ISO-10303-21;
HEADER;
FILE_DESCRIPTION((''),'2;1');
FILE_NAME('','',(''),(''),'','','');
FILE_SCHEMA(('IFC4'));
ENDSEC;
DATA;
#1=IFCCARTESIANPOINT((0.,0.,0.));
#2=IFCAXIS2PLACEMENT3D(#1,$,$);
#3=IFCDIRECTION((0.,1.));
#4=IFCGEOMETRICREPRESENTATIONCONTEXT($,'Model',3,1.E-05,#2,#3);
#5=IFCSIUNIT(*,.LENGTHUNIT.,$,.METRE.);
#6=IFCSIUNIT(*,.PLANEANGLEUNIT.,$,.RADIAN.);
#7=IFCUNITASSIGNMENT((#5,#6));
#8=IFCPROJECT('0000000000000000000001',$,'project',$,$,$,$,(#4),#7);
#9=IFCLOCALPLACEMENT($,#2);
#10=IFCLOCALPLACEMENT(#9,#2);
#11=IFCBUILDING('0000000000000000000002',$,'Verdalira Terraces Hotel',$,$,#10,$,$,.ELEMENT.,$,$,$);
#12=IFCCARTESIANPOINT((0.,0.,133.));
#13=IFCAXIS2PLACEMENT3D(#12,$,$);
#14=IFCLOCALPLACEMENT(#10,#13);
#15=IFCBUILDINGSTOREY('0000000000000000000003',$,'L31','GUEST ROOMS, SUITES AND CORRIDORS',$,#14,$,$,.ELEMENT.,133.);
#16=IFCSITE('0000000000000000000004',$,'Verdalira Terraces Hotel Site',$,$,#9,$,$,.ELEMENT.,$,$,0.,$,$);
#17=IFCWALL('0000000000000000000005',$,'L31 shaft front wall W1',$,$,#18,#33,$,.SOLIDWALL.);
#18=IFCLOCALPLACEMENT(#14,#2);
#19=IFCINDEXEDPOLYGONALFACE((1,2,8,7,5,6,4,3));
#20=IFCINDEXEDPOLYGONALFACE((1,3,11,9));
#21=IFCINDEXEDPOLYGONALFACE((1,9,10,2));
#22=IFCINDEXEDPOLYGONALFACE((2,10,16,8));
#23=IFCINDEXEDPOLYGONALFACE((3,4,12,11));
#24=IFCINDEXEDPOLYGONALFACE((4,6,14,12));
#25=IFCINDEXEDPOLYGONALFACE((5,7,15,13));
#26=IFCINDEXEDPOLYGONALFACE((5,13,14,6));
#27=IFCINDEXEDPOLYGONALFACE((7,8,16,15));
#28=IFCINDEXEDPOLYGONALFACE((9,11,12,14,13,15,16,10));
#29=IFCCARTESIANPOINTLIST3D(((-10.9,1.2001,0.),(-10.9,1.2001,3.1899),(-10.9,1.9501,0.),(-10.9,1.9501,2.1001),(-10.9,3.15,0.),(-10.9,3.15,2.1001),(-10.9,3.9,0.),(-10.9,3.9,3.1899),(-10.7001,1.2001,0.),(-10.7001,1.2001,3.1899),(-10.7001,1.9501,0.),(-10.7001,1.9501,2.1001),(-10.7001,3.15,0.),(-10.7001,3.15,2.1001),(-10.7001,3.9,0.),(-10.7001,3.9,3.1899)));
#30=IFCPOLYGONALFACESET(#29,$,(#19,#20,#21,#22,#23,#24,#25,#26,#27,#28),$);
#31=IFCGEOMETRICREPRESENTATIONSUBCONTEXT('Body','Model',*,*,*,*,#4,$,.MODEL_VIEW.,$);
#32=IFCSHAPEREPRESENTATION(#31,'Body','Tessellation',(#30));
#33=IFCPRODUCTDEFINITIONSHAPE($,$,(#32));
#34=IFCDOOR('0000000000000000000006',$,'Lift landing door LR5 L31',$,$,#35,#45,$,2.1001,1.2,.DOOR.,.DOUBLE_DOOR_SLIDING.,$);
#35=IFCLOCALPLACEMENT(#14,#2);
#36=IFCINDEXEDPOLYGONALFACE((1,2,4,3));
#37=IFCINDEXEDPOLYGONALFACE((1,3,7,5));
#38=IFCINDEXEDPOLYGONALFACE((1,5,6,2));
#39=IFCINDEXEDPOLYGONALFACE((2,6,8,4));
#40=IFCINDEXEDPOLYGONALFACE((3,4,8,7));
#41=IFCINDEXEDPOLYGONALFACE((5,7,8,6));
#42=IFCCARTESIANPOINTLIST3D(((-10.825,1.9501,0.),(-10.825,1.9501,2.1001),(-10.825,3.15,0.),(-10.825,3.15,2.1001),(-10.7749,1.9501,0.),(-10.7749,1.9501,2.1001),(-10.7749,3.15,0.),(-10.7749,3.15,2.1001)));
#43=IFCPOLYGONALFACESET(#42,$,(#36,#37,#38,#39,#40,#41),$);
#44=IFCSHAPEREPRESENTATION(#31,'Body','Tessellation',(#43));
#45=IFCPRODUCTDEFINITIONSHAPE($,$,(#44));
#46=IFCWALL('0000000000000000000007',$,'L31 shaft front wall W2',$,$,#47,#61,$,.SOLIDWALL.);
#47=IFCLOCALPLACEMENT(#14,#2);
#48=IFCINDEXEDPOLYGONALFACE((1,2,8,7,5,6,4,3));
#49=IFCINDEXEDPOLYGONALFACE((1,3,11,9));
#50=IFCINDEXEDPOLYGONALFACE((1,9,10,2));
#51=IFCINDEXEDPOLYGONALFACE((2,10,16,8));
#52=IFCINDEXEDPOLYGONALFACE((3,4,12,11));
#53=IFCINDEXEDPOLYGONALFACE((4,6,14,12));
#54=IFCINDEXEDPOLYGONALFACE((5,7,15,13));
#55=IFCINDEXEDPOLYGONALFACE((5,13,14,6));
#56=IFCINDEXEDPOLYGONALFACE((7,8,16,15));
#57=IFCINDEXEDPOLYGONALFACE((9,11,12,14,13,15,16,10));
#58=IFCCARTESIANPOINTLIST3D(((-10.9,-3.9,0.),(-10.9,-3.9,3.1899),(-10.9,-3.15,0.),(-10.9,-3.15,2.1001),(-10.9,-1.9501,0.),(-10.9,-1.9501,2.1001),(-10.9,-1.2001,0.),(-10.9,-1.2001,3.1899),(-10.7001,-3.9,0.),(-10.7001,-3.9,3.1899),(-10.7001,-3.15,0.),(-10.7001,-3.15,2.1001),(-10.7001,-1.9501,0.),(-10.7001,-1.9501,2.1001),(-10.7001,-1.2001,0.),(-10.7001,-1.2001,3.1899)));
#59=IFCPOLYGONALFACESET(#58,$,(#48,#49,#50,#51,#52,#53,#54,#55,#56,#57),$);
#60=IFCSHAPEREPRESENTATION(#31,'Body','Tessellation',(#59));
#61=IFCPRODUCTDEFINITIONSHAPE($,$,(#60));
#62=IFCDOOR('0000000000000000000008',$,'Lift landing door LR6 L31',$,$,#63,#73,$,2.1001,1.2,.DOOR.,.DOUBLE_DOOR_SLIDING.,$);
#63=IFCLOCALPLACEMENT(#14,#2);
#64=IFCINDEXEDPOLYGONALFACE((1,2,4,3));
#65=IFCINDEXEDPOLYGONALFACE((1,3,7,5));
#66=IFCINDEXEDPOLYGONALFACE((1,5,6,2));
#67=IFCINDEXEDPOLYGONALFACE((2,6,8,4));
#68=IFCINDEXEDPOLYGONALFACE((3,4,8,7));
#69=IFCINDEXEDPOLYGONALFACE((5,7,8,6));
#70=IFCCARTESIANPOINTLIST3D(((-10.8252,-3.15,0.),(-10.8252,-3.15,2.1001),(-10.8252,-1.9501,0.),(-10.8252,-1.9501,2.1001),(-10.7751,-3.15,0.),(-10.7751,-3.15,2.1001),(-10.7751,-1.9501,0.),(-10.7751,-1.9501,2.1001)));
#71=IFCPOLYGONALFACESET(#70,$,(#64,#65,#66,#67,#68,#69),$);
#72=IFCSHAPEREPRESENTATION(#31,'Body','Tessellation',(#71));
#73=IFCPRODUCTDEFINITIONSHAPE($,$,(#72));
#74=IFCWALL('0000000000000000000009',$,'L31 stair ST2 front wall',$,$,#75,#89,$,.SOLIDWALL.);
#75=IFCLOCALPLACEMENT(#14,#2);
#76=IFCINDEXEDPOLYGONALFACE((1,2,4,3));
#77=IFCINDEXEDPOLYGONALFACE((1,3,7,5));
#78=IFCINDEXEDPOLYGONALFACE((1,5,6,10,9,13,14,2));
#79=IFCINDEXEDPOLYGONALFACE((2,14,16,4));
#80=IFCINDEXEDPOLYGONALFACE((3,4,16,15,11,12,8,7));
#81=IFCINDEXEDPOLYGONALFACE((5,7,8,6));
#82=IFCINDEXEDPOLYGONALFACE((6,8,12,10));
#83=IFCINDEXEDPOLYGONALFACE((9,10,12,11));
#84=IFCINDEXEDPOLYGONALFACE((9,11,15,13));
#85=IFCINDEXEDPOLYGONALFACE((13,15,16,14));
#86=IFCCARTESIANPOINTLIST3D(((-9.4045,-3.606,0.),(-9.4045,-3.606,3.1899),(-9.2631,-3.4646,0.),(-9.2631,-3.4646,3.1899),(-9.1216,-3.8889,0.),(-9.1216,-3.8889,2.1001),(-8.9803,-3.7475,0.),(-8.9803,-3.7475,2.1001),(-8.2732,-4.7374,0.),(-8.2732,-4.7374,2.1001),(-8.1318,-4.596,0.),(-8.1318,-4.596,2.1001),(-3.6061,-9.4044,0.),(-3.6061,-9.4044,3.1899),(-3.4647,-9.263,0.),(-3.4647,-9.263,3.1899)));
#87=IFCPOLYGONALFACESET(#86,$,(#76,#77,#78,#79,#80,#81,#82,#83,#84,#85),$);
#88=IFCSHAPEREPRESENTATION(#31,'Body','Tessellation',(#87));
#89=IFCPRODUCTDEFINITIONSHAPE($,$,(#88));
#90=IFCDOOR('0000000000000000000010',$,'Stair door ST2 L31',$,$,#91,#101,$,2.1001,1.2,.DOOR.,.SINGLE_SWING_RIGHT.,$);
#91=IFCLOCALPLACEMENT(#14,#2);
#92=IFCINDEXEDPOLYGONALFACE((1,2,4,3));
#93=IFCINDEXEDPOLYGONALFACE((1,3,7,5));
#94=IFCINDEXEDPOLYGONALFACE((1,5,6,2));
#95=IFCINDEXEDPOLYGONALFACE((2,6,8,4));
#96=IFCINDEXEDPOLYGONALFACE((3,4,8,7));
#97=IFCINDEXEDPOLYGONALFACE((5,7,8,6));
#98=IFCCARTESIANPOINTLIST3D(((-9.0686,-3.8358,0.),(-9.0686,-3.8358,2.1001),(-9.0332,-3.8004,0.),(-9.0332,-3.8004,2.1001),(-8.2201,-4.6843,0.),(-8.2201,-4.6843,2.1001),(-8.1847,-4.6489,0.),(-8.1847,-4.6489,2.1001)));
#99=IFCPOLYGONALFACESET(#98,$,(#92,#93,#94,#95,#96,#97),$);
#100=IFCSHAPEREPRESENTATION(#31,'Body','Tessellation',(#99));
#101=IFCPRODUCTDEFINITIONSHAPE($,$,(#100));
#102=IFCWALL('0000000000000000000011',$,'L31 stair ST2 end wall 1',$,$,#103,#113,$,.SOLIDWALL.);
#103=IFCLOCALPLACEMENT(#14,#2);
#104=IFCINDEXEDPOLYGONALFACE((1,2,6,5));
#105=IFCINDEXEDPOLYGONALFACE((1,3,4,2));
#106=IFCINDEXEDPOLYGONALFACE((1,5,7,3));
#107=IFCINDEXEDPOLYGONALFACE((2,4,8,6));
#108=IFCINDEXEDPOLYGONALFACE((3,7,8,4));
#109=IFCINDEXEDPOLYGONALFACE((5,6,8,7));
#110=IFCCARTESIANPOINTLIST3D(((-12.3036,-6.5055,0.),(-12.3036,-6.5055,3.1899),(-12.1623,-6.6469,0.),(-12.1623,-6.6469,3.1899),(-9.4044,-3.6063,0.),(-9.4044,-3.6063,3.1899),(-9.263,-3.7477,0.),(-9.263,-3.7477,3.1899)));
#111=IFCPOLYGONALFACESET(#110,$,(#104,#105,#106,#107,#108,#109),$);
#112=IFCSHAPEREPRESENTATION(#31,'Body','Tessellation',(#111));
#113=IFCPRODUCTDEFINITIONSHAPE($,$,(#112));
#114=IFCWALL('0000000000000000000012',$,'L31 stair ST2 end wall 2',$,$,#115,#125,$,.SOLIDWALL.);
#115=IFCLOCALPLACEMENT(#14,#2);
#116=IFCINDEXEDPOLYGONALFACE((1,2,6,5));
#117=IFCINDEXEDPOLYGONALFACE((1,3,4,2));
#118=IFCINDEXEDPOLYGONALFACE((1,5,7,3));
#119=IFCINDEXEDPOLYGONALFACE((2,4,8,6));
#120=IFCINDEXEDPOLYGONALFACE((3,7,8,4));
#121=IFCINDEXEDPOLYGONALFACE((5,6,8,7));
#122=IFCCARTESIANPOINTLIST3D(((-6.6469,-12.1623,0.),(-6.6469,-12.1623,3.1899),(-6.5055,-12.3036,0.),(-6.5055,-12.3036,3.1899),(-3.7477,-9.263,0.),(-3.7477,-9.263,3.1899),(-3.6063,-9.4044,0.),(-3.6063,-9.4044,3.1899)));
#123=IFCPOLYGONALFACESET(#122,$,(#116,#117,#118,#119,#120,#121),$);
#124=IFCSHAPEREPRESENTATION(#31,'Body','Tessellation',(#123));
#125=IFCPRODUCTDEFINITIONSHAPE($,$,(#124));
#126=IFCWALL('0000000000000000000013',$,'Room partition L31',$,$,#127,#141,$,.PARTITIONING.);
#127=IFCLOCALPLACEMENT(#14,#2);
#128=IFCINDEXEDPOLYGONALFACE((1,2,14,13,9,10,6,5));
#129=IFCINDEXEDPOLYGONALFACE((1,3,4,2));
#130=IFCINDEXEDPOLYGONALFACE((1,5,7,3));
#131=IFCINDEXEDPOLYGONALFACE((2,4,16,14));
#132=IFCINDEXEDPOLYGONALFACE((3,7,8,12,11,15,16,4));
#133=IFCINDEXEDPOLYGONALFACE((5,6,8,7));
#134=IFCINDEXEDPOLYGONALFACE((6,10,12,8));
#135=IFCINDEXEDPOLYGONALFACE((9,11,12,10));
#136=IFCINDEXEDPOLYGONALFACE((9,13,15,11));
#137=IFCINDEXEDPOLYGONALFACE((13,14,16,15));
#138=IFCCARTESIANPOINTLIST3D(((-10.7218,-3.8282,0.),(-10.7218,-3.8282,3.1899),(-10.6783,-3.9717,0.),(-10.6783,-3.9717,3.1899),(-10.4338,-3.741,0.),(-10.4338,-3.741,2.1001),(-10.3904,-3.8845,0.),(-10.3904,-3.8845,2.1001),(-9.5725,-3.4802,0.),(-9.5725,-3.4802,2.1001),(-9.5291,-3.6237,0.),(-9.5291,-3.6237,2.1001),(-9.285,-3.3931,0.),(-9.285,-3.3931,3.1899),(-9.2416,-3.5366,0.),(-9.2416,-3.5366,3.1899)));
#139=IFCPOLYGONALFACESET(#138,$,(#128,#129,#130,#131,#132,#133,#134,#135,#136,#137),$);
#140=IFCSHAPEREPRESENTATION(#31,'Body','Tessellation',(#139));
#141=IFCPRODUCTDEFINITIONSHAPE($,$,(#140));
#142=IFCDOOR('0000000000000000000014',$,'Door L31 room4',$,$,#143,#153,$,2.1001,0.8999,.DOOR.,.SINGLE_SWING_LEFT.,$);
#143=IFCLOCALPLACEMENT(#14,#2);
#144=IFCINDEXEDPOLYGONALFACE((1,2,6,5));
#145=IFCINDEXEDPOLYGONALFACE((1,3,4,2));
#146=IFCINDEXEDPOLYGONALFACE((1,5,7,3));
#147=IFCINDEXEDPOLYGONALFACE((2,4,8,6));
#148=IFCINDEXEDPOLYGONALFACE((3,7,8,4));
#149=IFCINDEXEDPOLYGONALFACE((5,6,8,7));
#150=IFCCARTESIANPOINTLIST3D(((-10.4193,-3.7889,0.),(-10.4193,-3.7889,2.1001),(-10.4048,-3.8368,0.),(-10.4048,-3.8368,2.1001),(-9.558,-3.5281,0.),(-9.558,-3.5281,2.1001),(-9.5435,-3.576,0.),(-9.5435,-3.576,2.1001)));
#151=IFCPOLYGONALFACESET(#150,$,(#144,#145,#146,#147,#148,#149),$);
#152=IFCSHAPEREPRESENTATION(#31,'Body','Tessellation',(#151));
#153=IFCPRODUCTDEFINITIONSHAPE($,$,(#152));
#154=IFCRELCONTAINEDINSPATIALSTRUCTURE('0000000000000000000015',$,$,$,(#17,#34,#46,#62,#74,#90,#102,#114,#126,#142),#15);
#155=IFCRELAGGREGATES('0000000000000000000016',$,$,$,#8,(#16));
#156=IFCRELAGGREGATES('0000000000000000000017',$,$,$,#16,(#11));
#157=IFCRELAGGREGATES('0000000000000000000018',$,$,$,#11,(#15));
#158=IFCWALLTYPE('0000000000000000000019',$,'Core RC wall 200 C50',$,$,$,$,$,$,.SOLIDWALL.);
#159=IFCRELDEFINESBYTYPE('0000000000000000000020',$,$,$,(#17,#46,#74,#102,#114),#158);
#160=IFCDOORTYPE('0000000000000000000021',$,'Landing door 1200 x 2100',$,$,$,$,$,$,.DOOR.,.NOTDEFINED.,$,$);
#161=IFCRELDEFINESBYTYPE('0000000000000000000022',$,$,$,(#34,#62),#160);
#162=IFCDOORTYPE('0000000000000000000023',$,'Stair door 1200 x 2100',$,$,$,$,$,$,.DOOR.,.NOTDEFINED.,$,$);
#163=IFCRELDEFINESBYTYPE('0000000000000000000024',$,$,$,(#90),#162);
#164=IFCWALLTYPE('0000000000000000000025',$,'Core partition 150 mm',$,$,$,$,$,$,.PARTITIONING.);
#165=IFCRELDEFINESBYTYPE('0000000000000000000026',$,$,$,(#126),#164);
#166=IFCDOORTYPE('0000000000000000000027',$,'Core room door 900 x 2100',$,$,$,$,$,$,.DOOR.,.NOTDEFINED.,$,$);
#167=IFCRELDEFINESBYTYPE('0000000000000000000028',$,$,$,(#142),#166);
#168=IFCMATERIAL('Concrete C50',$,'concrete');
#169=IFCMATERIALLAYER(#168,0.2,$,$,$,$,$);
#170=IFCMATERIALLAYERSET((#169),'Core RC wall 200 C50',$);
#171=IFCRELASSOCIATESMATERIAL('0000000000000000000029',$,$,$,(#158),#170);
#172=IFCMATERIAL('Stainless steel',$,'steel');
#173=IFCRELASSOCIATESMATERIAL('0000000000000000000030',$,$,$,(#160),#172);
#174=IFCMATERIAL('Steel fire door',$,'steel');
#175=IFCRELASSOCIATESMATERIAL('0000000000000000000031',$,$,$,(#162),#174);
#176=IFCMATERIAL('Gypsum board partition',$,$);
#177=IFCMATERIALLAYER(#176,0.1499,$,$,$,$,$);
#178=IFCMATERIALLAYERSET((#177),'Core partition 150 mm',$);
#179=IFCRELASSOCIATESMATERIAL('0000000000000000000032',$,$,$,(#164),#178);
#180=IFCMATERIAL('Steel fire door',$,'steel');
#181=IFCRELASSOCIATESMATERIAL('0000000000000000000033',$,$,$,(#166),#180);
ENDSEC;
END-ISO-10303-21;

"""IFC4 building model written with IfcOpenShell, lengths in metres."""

from ifc_helpers import new_model, si_unit, direction, frame, frame_2d, origin, place, context, subcontext, project, spatial, rectangle, extrude, material, layer, layer_set, type_object, element, fill, save


model = new_model("IFC4")

# Units and contexts
model_context = context("Model", 3, precision=1e-05, world=origin(), true_north=direction((0.0, 1.0)))
body_context = subcontext(model_context, "Body", "Model", "MODEL_VIEW")
ifc_project = project(units=[si_unit("LENGTHUNIT", "METRE"), si_unit("PLANEANGLEUNIT", "RADIAN")], contexts=[model_context])

# Site, building, storey
site_placement = place(None, origin())
site = spatial("IfcSite", under=ifc_project, at=site_placement, Name="Verdalira Terraces Hotel Site", CompositionType="ELEMENT", RefElevation=0.0)
building_placement = place(site_placement, origin())
building = spatial("IfcBuilding", under=site, at=building_placement, Name="Verdalira Terraces Hotel", CompositionType="ELEMENT")
storey_placement = place(building_placement, frame((0.0, 0.0, 133.0)))
storey = spatial("IfcBuildingStorey", under=building, at=storey_placement, Name="L31", Description="GUEST ROOMS, SUITES AND CORRIDORS", CompositionType="ELEMENT", Elevation=133.0)

# Walls, openings, doors
ifc_material_1 = material(Name="Concrete C50", Category="concrete")
ifc_layer_1 = layer(ifc_material_1, 0.2)
ifc_layer_set_1 = layer_set([ifc_layer_1], Name="Core RC wall 200 C50")
wall_type_1 = type_object("IfcWallType", Name="Core RC wall 200 C50", PredefinedType="SOLIDWALL", material=ifc_layer_set_1)
wall_1_placement = place(storey_placement, frame((-10.8, 1.2, 0.0), z_axis=(0.0, 0.0, 1.0), x_axis=(0.0, 1.0, 0.0)))
wall_1 = element("IfcWall", 1, at=wall_1_placement, inside=storey, type_object=wall_type_1, Name="L31 shaft front wall W1", PredefinedType="SOLIDWALL", context=body_context, shape_type="SweptSolid", body=[
    extrude(rectangle(XDim=2.7, YDim=0.2, at=frame_2d((1.3501, 0.0))), origin(), (0.0, 0.0, 1.0), 3.1899),
])
opening_1_placement = place(wall_1_placement, frame((0.75, 0.0, 0.0)))
opening_1 = element("IfcOpeningElement", 2, at=opening_1_placement, cuts=wall_1, PredefinedType="OPENING", context=body_context, shape_type="SweptSolid", body=[
    extrude(rectangle(XDim=1.2, YDim=2.1001, at=frame_2d((0.6001, 1.05))), frame((0.0, 0.1099, 0.0), z_axis=(0.0, -1.0, 0.0), x_axis=(1.0, 0.0, 0.0)), (0.0, 0.0, 1.0), 0.22),
])
ifc_material_2 = material(Name="Stainless steel", Category="steel")
door_type_1 = type_object("IfcDoorType", Name="Landing door 1200 x 2100", OperationType="NOTDEFINED", PredefinedType="DOOR", material=ifc_material_2)
door_1_placement = place(opening_1_placement, origin())
door_1 = element("IfcDoor", 3, at=door_1_placement, inside=storey, type_object=door_type_1, Name="Lift landing door LR5 L31", OperationType="DOUBLE_DOOR_SLIDING", OverallHeight=2.1001, OverallWidth=1.2, PredefinedType="DOOR", context=body_context, shape_type="SweptSolid", body=[
    extrude(rectangle(XDim=1.2, YDim=2.1001, at=frame_2d((0.6001, 1.05))), frame((0.0, 0.0249, 0.0), z_axis=(0.0, -1.0, 0.0), x_axis=(1.0, 0.0, 0.0)), (0.0, 0.0, 1.0), 0.05),
])
fill(opening_1, door_1)
wall_2_placement = place(storey_placement, frame((-10.8, -1.2, 0.0), z_axis=(0.0, 0.0, 1.0), x_axis=(0.0, -1.0, 0.0)))
wall_2 = element("IfcWall", 4, at=wall_2_placement, inside=storey, type_object=wall_type_1, Name="L31 shaft front wall W2", PredefinedType="SOLIDWALL", context=body_context, shape_type="SweptSolid", body=[
    extrude(rectangle(XDim=2.7, YDim=0.2, at=frame_2d((1.3501, 0.0))), origin(), (0.0, 0.0, 1.0), 3.1899),
])
opening_2_placement = place(wall_2_placement, frame((0.75, 0.0, 0.0)))
opening_2 = element("IfcOpeningElement", 5, at=opening_2_placement, cuts=wall_2, PredefinedType="OPENING", context=body_context, shape_type="SweptSolid", body=[
    extrude(rectangle(XDim=1.2, YDim=2.1001, at=frame_2d((0.6001, 1.05))), frame((0.0, 0.1099, 0.0), z_axis=(0.0, -1.0, 0.0), x_axis=(1.0, 0.0, 0.0)), (0.0, 0.0, 1.0), 0.22),
])
door_2_placement = place(opening_2_placement, origin())
door_2 = element("IfcDoor", 6, at=door_2_placement, inside=storey, type_object=door_type_1, Name="Lift landing door LR6 L31", OperationType="DOUBLE_DOOR_SLIDING", OverallHeight=2.1001, OverallWidth=1.2, PredefinedType="DOOR", context=body_context, shape_type="SweptSolid", body=[
    extrude(rectangle(XDim=1.2, YDim=2.1001, at=frame_2d((0.6001, 1.05))), frame((0.0, 0.0249, 0.0), z_axis=(0.0, -1.0, 0.0), x_axis=(1.0, 0.0, 0.0)), (0.0, 0.0, 1.0), 0.05),
])
fill(opening_2, door_2)
wall_3_placement = place(storey_placement, frame((-3.5354, -9.3337, 0.0), z_axis=(0.0, 0.0, 1.0), x_axis=(-0.707107, 0.707107, 0.0)))
wall_3 = element("IfcWall", 7, at=wall_3_placement, inside=storey, type_object=wall_type_1, Name="L31 stair ST2 front wall", PredefinedType="SOLIDWALL", context=body_context, shape_type="SweptSolid", body=[
    extrude(rectangle(XDim=8.2002, YDim=0.2, at=frame_2d((4.1001, 0.0))), origin(), (0.0, 0.0, 1.0), 3.1899),
])
opening_3_placement = place(wall_3_placement, frame((6.6001, 0.0, 0.0)))
opening_3 = element("IfcOpeningElement", 8, at=opening_3_placement, cuts=wall_3, PredefinedType="OPENING", context=body_context, shape_type="SweptSolid", body=[
    extrude(rectangle(XDim=1.2, YDim=2.1001, at=frame_2d((0.6001, 1.05))), frame((0.0, 0.1099, 0.0), z_axis=(0.0, -1.0, 0.0), x_axis=(1.0, 0.0, 0.0)), (0.0, 0.0, 1.0), 0.22),
])
ifc_material_3 = material(Name="Steel fire door", Category="steel")
door_type_2 = type_object("IfcDoorType", Name="Stair door 1200 x 2100", OperationType="NOTDEFINED", PredefinedType="DOOR", material=ifc_material_3)
door_3_placement = place(opening_3_placement, origin())
door_3 = element("IfcDoor", 9, at=door_3_placement, inside=storey, type_object=door_type_2, Name="Stair door ST2 L31", OperationType="SINGLE_SWING_RIGHT", OverallHeight=2.1001, OverallWidth=1.2, PredefinedType="DOOR", context=body_context, shape_type="SweptSolid", body=[
    extrude(rectangle(XDim=1.2, YDim=2.1001, at=frame_2d((0.6001, 1.05))), frame((0.0, 0.0249, 0.0), z_axis=(0.0, -1.0, 0.0), x_axis=(1.0, 0.0, 0.0)), (0.0, 0.0, 1.0), 0.05),
])
fill(opening_3, door_3)

# Walls
for number, where, z_axis, x_axis, name in (
    (10, (-9.3337, -3.677, 0.0), (0.0, 0.0, 1.0), (-0.707107, -0.707107, 0.0), "L31 stair ST2 end wall 1"),
    (11, (-3.677, -9.3337, 0.0), (0.0, 0.0, 1.0), (-0.707107, -0.707107, 0.0), "L31 stair ST2 end wall 2"),
):
    element("IfcWall", number, at=place(storey_placement, frame(where, z_axis=z_axis, x_axis=x_axis)), inside=storey, type_object=wall_type_1, Name=name, PredefinedType="SOLIDWALL", context=body_context, shape_type="SweptSolid", body=[
        extrude(rectangle(XDim=4.1001, YDim=0.2, at=frame_2d((2.05, 0.0))), origin(), (0.0, 0.0, 1.0), 3.1899),
    ])

# Wall, opening, door
ifc_material_4 = material(Name="Gypsum board partition")
ifc_layer_2 = layer(ifc_material_4, 0.1499)
ifc_layer_set_2 = layer_set([ifc_layer_2], Name="Core partition 150 mm")
wall_type_2 = type_object("IfcWallType", Name="Core partition 150 mm", PredefinedType="PARTITIONING", material=ifc_layer_set_2)
wall_4_placement = place(storey_placement, frame((-10.7, -3.8999, 0.0), z_axis=(0.0, 0.0, 1.0), x_axis=(0.957085, 0.289809, 0.0)))
wall_4 = element("IfcWall", 12, at=wall_4_placement, inside=storey, type_object=wall_type_2, Name="Room partition L31", PredefinedType="PARTITIONING", context=body_context, shape_type="SweptSolid", body=[
    extrude(rectangle(XDim=1.5012, YDim=0.1499, at=frame_2d((0.7505, 0.0))), origin(), (0.0, 0.0, 1.0), 3.1899),
])
opening_4_placement = place(wall_4_placement, frame((0.3008, 0.0, 0.0)))
opening_4 = element("IfcOpeningElement", 13, at=opening_4_placement, cuts=wall_4, PredefinedType="OPENING", context=body_context, shape_type="SweptSolid", body=[
    extrude(rectangle(XDim=0.8999, YDim=2.1001, at=frame_2d((0.45, 1.05))), frame((0.0, 0.085, 0.0), z_axis=(0.0, -1.0, 0.0), x_axis=(1.0, 0.0, 0.0)), (0.0, 0.0, 1.0), 0.1699),
])
ifc_material_5 = material(Name="Steel fire door", Category="steel")
door_type_3 = type_object("IfcDoorType", Name="Core room door 900 x 2100", OperationType="NOTDEFINED", PredefinedType="DOOR", material=ifc_material_5)
door_4_placement = place(opening_4_placement, origin())
door_4 = element("IfcDoor", 14, at=door_4_placement, inside=storey, type_object=door_type_3, Name="Door L31 room4", OperationType="SINGLE_SWING_LEFT", OverallHeight=2.1001, OverallWidth=0.8999, PredefinedType="DOOR", context=body_context, shape_type="SweptSolid", body=[
    extrude(rectangle(XDim=0.8999, YDim=2.1001, at=frame_2d((0.45, 1.05))), frame((0.0, 0.0249, 0.0), z_axis=(0.0, -1.0, 0.0), x_axis=(1.0, 0.0, 0.0)), (0.0, 0.0, 1.0), 0.05),
])
fill(opening_4, door_4)

save(model, "model.ifc")
